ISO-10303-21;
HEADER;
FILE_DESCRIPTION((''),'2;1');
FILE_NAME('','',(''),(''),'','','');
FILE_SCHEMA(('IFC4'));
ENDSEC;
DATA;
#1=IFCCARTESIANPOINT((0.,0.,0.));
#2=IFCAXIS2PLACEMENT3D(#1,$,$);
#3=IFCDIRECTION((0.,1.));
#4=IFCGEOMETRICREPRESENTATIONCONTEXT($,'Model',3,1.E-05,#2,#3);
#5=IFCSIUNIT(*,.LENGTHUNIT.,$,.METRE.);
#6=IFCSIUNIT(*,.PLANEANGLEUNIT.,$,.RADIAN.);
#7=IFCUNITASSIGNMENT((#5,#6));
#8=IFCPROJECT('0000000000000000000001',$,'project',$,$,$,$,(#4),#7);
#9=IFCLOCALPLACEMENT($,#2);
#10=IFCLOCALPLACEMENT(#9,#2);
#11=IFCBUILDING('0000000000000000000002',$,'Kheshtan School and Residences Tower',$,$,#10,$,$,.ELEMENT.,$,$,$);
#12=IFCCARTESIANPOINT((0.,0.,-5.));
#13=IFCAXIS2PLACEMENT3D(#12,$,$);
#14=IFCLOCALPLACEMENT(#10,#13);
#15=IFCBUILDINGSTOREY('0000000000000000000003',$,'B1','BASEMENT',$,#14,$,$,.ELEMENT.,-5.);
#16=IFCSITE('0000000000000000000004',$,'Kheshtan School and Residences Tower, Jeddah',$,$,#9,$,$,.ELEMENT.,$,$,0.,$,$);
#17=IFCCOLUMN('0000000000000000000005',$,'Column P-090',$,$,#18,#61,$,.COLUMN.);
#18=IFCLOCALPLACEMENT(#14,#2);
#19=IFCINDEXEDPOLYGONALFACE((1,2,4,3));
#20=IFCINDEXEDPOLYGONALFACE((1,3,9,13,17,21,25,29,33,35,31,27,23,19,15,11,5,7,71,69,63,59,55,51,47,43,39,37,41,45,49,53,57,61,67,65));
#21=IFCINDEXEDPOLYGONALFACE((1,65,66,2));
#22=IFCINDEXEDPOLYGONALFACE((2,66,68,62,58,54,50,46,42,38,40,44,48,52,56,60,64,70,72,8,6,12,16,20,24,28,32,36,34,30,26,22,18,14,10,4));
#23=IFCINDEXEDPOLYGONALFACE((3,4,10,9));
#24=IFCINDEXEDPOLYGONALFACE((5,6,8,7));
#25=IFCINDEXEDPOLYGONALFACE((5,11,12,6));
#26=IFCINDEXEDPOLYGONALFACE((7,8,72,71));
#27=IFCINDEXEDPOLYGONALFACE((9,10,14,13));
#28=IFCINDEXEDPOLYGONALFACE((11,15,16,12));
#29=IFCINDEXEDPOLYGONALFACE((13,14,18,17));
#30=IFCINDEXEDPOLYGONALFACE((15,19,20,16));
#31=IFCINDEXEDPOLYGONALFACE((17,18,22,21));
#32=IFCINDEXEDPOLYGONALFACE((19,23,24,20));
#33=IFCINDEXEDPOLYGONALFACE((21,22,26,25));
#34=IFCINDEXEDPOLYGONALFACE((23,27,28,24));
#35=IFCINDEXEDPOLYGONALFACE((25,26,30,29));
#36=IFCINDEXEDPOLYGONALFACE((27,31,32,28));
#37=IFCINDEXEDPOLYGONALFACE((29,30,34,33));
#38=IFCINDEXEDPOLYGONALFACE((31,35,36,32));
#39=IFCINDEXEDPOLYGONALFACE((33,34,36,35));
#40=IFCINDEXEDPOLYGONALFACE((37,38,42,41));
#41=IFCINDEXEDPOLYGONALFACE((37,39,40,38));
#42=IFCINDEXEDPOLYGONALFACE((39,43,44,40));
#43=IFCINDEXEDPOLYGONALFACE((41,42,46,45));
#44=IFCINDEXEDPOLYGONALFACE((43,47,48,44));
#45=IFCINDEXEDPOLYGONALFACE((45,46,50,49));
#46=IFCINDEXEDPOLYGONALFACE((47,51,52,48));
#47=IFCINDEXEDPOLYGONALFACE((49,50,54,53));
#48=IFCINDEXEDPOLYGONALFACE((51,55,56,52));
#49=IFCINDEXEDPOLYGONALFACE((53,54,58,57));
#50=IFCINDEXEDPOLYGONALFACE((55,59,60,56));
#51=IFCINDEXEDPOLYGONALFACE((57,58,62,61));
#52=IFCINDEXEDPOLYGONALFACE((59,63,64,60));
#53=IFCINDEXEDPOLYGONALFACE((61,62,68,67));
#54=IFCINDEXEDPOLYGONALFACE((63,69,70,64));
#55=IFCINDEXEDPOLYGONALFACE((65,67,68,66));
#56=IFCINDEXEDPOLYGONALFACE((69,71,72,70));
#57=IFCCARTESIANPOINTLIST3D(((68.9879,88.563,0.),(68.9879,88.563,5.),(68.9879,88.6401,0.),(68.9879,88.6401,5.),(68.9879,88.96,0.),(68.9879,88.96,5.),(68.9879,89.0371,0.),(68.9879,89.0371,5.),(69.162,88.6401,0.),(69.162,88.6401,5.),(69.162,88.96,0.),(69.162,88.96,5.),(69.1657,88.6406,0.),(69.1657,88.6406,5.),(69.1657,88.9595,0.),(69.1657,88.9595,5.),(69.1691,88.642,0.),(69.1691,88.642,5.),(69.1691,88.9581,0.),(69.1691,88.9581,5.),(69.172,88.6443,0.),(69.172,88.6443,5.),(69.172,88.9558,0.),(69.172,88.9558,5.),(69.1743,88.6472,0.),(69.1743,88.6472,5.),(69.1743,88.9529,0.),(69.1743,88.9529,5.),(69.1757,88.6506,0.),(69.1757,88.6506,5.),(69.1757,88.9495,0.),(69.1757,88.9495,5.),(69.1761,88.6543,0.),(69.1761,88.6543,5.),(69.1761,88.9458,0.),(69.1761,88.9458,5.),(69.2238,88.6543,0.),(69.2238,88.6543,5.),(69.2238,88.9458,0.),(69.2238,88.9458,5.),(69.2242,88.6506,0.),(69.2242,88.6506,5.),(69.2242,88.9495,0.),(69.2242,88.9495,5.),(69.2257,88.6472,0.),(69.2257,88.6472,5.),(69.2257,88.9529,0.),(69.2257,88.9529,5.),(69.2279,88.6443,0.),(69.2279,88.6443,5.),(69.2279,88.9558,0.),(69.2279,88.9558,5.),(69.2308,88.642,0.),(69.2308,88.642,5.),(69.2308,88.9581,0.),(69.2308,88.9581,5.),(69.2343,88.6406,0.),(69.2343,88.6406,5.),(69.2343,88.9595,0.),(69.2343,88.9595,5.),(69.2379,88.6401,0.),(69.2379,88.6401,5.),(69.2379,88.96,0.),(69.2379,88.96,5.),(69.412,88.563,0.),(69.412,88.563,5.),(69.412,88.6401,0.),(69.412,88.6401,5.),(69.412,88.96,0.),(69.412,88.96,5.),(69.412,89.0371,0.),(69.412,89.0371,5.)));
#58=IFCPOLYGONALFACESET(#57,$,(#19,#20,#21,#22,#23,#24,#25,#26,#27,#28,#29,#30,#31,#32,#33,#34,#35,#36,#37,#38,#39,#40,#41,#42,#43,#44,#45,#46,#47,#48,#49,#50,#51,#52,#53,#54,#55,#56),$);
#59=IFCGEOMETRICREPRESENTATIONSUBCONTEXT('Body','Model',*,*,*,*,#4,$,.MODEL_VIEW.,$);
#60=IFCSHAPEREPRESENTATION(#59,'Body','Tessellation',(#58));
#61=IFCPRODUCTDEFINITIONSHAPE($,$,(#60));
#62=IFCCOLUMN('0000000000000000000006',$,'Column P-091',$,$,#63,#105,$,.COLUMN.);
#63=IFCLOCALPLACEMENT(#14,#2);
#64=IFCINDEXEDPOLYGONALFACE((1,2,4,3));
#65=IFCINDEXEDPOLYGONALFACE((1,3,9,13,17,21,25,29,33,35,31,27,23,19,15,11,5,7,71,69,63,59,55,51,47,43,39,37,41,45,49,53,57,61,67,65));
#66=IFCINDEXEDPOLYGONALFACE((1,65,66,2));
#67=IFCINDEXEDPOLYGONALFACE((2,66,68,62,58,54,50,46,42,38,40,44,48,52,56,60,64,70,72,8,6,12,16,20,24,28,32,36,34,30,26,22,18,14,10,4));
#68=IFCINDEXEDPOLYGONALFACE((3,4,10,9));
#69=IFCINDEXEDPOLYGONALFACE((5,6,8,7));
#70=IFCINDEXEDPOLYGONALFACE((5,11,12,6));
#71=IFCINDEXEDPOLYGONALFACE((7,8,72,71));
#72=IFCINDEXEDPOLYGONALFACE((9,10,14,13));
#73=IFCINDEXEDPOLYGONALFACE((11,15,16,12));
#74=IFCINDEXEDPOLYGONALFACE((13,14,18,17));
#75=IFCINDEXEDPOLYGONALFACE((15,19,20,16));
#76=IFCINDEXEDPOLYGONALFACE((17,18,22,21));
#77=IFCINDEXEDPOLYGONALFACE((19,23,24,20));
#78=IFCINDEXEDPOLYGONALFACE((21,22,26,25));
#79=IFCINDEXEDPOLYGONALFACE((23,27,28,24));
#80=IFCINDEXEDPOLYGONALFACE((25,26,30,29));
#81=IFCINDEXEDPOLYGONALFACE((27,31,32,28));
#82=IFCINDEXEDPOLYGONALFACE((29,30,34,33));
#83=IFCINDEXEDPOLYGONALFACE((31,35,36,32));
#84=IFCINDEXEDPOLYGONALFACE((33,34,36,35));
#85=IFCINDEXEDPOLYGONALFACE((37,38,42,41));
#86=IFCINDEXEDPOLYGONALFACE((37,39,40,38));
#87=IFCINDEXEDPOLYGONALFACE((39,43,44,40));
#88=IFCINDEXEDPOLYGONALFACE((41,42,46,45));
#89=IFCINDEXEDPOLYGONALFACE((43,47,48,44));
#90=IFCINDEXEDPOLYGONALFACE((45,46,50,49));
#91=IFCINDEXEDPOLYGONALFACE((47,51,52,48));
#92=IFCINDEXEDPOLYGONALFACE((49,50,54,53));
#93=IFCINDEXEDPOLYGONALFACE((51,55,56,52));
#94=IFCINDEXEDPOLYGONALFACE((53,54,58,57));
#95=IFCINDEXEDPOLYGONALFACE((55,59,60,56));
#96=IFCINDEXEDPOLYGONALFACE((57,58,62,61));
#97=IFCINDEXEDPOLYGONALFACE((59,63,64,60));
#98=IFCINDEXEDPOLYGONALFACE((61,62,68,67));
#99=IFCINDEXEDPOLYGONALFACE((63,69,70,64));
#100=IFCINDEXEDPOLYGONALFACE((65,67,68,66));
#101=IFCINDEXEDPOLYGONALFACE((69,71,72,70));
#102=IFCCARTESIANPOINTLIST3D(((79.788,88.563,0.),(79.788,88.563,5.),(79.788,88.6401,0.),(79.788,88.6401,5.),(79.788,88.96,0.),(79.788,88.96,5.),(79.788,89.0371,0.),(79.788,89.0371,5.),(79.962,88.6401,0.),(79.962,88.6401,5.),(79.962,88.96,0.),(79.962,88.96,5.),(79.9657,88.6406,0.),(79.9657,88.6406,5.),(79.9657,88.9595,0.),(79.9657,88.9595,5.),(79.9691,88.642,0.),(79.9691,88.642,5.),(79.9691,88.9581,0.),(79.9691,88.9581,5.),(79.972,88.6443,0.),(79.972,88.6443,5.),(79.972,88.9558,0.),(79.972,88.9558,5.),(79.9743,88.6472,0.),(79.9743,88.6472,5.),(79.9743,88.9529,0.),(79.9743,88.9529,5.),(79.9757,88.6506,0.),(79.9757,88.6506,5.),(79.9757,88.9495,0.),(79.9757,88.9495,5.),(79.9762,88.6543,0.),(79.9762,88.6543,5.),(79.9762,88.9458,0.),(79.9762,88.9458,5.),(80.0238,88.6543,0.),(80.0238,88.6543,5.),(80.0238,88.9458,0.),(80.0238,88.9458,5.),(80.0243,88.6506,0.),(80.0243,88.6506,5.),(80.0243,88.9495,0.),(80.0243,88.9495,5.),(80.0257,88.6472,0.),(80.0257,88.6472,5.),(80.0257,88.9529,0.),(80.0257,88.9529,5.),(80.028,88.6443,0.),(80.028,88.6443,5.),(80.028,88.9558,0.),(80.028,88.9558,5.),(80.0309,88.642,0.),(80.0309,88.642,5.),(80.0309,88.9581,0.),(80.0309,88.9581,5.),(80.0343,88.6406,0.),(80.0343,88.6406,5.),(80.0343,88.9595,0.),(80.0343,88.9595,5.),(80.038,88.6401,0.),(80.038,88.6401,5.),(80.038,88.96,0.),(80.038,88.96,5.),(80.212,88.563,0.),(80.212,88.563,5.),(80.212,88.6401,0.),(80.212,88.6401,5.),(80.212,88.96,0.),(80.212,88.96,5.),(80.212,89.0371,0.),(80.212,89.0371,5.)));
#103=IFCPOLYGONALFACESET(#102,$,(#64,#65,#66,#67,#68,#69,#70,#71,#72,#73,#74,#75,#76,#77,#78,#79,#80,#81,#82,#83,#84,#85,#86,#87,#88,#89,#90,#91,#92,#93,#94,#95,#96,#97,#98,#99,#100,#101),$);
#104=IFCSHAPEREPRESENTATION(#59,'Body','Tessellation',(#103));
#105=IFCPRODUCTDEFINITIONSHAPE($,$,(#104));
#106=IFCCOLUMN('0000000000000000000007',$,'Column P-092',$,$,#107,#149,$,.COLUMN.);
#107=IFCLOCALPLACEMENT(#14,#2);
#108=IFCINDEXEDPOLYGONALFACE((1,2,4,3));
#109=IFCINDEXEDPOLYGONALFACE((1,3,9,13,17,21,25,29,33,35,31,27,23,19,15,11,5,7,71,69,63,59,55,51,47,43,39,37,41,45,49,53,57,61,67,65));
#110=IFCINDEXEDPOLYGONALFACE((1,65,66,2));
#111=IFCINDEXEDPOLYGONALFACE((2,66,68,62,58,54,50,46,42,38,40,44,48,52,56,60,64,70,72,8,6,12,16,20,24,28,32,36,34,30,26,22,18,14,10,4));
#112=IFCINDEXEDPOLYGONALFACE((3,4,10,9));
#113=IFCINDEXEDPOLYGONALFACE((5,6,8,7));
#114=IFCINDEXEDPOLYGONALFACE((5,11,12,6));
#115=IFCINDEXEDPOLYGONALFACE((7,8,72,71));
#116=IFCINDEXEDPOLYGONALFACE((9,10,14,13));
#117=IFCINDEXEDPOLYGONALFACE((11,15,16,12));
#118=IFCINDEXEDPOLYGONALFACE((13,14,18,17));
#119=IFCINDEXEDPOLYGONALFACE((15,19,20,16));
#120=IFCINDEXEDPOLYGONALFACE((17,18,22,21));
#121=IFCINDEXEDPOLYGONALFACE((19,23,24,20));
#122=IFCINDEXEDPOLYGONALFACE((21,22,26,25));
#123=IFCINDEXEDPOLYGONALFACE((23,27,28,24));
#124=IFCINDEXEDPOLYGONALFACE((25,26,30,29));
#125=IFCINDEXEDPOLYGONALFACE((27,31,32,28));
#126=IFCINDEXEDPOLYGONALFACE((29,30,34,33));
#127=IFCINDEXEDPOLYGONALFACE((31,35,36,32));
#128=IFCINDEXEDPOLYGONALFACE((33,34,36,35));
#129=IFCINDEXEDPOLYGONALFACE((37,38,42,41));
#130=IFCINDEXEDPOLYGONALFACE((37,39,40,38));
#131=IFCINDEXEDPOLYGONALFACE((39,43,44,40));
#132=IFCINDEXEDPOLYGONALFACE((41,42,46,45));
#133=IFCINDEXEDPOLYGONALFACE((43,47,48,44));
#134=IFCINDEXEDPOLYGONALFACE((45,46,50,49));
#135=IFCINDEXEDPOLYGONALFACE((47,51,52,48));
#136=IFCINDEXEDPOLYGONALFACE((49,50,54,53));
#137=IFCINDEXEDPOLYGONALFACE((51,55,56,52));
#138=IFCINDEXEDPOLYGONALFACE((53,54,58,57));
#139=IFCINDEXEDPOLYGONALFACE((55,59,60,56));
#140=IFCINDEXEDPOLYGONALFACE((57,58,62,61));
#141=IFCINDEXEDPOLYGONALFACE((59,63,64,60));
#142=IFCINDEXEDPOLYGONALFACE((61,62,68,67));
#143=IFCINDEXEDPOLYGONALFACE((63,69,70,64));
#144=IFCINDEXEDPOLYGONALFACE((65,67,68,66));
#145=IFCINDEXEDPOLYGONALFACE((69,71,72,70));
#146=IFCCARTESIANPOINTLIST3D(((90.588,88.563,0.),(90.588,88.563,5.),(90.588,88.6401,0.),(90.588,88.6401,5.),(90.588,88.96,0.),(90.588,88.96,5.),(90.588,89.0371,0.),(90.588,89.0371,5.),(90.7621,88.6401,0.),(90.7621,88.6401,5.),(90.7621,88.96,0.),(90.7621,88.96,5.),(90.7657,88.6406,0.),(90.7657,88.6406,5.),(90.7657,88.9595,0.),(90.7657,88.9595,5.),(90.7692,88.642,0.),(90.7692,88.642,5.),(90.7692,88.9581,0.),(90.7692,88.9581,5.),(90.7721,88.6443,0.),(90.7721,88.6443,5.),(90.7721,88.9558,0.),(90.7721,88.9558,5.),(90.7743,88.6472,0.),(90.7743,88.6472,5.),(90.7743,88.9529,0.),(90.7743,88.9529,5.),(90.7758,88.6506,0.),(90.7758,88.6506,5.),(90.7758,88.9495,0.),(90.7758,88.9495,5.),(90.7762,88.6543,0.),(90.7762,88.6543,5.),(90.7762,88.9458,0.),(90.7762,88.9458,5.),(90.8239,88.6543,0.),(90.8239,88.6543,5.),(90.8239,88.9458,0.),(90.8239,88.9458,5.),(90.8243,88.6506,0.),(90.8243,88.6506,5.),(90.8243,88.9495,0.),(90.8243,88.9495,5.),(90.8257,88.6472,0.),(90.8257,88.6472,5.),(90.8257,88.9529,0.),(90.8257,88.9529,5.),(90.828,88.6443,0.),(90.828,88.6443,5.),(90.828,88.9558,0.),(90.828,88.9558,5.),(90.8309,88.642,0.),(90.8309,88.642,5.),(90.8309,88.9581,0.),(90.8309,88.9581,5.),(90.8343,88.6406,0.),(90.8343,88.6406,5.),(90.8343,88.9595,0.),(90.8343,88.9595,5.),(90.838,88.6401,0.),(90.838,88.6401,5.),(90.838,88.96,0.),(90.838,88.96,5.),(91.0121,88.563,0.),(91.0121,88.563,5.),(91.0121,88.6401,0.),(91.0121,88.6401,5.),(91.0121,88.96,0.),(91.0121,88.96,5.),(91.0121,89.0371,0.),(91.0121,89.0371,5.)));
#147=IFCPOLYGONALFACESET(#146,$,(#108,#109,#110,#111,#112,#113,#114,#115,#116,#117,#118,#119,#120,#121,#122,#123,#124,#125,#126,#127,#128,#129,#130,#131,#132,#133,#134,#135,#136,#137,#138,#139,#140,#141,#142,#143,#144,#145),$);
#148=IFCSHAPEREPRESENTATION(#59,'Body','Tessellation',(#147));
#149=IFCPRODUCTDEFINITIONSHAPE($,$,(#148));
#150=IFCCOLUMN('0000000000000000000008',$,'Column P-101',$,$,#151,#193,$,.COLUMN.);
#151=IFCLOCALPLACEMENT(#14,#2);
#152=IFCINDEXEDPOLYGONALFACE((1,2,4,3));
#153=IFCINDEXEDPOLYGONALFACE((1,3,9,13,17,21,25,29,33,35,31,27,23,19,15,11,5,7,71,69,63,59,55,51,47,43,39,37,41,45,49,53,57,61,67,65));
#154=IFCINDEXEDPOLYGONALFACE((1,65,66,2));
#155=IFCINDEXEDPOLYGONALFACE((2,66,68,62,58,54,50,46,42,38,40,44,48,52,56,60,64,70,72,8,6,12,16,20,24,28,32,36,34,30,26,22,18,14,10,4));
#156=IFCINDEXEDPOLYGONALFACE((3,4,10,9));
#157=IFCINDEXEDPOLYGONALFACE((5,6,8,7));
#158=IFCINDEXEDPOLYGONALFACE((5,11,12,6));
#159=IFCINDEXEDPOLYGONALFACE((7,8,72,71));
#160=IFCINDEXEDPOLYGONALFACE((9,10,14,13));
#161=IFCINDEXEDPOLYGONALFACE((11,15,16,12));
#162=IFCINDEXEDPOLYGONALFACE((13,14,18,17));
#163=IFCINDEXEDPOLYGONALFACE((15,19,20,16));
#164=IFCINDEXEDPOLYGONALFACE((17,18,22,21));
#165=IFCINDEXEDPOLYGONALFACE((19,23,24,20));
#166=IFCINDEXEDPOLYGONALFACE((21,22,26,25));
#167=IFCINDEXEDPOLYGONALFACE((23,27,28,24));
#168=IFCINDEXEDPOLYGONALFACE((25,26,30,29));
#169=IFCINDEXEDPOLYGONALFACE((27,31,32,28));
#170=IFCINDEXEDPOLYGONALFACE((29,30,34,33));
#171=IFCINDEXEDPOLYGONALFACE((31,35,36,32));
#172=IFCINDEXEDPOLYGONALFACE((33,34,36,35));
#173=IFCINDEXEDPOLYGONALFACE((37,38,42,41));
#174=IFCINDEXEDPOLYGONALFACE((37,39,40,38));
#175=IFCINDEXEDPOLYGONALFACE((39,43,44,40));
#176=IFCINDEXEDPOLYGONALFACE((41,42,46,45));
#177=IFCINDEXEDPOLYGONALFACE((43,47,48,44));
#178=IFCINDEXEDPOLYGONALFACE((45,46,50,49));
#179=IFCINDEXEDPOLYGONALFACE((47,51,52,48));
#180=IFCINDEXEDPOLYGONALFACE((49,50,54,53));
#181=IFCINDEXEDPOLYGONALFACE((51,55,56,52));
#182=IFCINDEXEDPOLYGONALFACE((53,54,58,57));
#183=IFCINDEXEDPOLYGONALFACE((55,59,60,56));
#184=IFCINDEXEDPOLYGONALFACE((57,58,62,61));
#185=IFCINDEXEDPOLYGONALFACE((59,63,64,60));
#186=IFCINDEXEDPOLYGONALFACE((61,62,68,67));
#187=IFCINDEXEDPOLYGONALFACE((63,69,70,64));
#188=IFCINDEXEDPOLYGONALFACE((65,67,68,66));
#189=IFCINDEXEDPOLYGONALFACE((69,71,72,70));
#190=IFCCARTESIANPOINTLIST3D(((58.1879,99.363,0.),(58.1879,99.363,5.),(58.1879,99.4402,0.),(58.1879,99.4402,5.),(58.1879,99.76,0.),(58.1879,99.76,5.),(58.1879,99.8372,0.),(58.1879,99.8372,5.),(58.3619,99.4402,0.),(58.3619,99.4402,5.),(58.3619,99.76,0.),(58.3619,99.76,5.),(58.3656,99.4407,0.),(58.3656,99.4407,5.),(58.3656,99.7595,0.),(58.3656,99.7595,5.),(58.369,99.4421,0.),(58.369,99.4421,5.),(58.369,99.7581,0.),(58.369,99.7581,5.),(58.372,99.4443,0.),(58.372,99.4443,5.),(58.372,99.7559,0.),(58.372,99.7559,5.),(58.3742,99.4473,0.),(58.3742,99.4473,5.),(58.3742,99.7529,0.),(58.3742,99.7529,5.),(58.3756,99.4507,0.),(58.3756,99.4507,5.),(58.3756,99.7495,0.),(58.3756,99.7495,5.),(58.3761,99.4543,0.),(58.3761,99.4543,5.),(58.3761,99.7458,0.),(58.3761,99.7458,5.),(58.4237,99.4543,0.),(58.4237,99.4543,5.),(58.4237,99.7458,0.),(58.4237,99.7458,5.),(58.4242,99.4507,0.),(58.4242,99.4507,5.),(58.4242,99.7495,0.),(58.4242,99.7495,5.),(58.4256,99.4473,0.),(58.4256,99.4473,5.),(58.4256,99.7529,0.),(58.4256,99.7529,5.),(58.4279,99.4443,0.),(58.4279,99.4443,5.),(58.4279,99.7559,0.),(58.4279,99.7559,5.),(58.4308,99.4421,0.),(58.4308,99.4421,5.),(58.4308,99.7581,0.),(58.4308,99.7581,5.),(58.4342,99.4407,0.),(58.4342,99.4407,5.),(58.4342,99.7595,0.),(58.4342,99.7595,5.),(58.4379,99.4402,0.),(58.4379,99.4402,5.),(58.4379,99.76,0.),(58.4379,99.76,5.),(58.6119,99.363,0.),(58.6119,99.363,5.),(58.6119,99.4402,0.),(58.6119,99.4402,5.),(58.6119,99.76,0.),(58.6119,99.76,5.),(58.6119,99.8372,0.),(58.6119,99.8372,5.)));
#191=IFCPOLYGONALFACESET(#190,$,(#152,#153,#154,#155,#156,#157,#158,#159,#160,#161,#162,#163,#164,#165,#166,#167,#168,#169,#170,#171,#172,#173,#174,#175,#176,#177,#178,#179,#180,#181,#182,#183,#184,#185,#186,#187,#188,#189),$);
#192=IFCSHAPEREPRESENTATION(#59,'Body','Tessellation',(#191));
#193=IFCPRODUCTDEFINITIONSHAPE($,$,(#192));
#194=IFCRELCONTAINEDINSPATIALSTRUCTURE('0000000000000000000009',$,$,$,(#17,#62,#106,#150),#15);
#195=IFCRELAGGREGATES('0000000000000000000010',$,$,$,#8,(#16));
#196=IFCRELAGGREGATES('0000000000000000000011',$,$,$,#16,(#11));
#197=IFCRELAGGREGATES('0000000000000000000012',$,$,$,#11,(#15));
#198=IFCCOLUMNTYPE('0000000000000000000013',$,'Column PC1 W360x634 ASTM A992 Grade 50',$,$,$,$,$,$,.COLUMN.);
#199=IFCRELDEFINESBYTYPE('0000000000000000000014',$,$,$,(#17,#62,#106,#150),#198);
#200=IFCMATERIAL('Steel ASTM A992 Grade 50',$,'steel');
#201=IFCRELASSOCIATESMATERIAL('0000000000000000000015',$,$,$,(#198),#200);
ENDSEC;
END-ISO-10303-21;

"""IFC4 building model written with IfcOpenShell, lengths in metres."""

from ifc_helpers import new_model, si_unit, direction, frame, origin, origin_2d, place, context, subcontext, project, spatial, i_section, extrude, material, material_profile, profile_set, type_object, element, save


model = new_model("IFC4")

# Units and contexts
model_context = context("Model", 3, precision=1e-05, world=origin(), true_north=direction((0.0, 1.0)))
body_context = subcontext(model_context, "Body", "Model", "MODEL_VIEW")
ifc_project = project(units=[si_unit("LENGTHUNIT", "METRE"), si_unit("PLANEANGLEUNIT", "RADIAN")], contexts=[model_context])

# Site, building, storey
site_placement = place(None, origin())
site = spatial("IfcSite", under=ifc_project, at=site_placement, Name="Kheshtan School and Residences Tower, Jeddah", CompositionType="ELEMENT", RefElevation=0.0)
building_placement = place(site_placement, origin())
building = spatial("IfcBuilding", under=site, at=building_placement, Name="Kheshtan School and Residences Tower", CompositionType="ELEMENT")
storey_placement = place(building_placement, frame((0.0, 0.0, -5.0)))
storey = spatial("IfcBuildingStorey", under=building, at=storey_placement, Name="B1", Description="BASEMENT", CompositionType="ELEMENT", Elevation=-5.0)

# Columns
ifc_material_1 = material(Name="Steel ASTM A992 Grade 50", Category="steel")
ifc_material_profile_1 = material_profile(ifc_material_1, i_section(OverallWidth=0.4241, OverallDepth=0.4741, WebThickness=0.0476, FlangeThickness=0.0771, FilletRadius=0.0142, at=origin_2d()), Name="W360x634")
ifc_profile_set_1 = profile_set([ifc_material_profile_1], Name="Steel ASTM A992 Grade 50")
column_type = type_object("IfcColumnType", Name="Column PC1 W360x634 ASTM A992 Grade 50", PredefinedType="COLUMN", material=ifc_profile_set_1)
for number, where, z_axis, x_axis, name in (
    (1, (69.2, 88.8, 0.0), (0.0, 0.0, 1.0), (1.0, 0.0, 0.0), "Column P-090"),
    (2, (80.0, 88.8, 0.0), (0.0, 0.0, 1.0), (1.0, 0.0, 0.0), "Column P-091"),
    (3, (90.8, 88.8, 0.0), (0.0, 0.0, 1.0), (1.0, 0.0, 0.0), "Column P-092"),
    (4, (58.3999, 99.6001, 0.0), (0.0, 0.0, 1.0), (1.0, 0.0, 0.0), "Column P-101"),
):
    element("IfcColumn", number, at=place(storey_placement, frame(where, z_axis=z_axis, x_axis=x_axis)), inside=storey, type_object=column_type, Name=name, PredefinedType="COLUMN", context=body_context, shape_type="SweptSolid", body=[
        extrude(i_section(OverallWidth=0.4241, OverallDepth=0.4741, WebThickness=0.0476, FlangeThickness=0.0771, FilletRadius=0.0142, at=origin_2d()), origin(), (0.0, 0.0, 1.0), 5.0),
    ])

save(model, "model.ifc")
